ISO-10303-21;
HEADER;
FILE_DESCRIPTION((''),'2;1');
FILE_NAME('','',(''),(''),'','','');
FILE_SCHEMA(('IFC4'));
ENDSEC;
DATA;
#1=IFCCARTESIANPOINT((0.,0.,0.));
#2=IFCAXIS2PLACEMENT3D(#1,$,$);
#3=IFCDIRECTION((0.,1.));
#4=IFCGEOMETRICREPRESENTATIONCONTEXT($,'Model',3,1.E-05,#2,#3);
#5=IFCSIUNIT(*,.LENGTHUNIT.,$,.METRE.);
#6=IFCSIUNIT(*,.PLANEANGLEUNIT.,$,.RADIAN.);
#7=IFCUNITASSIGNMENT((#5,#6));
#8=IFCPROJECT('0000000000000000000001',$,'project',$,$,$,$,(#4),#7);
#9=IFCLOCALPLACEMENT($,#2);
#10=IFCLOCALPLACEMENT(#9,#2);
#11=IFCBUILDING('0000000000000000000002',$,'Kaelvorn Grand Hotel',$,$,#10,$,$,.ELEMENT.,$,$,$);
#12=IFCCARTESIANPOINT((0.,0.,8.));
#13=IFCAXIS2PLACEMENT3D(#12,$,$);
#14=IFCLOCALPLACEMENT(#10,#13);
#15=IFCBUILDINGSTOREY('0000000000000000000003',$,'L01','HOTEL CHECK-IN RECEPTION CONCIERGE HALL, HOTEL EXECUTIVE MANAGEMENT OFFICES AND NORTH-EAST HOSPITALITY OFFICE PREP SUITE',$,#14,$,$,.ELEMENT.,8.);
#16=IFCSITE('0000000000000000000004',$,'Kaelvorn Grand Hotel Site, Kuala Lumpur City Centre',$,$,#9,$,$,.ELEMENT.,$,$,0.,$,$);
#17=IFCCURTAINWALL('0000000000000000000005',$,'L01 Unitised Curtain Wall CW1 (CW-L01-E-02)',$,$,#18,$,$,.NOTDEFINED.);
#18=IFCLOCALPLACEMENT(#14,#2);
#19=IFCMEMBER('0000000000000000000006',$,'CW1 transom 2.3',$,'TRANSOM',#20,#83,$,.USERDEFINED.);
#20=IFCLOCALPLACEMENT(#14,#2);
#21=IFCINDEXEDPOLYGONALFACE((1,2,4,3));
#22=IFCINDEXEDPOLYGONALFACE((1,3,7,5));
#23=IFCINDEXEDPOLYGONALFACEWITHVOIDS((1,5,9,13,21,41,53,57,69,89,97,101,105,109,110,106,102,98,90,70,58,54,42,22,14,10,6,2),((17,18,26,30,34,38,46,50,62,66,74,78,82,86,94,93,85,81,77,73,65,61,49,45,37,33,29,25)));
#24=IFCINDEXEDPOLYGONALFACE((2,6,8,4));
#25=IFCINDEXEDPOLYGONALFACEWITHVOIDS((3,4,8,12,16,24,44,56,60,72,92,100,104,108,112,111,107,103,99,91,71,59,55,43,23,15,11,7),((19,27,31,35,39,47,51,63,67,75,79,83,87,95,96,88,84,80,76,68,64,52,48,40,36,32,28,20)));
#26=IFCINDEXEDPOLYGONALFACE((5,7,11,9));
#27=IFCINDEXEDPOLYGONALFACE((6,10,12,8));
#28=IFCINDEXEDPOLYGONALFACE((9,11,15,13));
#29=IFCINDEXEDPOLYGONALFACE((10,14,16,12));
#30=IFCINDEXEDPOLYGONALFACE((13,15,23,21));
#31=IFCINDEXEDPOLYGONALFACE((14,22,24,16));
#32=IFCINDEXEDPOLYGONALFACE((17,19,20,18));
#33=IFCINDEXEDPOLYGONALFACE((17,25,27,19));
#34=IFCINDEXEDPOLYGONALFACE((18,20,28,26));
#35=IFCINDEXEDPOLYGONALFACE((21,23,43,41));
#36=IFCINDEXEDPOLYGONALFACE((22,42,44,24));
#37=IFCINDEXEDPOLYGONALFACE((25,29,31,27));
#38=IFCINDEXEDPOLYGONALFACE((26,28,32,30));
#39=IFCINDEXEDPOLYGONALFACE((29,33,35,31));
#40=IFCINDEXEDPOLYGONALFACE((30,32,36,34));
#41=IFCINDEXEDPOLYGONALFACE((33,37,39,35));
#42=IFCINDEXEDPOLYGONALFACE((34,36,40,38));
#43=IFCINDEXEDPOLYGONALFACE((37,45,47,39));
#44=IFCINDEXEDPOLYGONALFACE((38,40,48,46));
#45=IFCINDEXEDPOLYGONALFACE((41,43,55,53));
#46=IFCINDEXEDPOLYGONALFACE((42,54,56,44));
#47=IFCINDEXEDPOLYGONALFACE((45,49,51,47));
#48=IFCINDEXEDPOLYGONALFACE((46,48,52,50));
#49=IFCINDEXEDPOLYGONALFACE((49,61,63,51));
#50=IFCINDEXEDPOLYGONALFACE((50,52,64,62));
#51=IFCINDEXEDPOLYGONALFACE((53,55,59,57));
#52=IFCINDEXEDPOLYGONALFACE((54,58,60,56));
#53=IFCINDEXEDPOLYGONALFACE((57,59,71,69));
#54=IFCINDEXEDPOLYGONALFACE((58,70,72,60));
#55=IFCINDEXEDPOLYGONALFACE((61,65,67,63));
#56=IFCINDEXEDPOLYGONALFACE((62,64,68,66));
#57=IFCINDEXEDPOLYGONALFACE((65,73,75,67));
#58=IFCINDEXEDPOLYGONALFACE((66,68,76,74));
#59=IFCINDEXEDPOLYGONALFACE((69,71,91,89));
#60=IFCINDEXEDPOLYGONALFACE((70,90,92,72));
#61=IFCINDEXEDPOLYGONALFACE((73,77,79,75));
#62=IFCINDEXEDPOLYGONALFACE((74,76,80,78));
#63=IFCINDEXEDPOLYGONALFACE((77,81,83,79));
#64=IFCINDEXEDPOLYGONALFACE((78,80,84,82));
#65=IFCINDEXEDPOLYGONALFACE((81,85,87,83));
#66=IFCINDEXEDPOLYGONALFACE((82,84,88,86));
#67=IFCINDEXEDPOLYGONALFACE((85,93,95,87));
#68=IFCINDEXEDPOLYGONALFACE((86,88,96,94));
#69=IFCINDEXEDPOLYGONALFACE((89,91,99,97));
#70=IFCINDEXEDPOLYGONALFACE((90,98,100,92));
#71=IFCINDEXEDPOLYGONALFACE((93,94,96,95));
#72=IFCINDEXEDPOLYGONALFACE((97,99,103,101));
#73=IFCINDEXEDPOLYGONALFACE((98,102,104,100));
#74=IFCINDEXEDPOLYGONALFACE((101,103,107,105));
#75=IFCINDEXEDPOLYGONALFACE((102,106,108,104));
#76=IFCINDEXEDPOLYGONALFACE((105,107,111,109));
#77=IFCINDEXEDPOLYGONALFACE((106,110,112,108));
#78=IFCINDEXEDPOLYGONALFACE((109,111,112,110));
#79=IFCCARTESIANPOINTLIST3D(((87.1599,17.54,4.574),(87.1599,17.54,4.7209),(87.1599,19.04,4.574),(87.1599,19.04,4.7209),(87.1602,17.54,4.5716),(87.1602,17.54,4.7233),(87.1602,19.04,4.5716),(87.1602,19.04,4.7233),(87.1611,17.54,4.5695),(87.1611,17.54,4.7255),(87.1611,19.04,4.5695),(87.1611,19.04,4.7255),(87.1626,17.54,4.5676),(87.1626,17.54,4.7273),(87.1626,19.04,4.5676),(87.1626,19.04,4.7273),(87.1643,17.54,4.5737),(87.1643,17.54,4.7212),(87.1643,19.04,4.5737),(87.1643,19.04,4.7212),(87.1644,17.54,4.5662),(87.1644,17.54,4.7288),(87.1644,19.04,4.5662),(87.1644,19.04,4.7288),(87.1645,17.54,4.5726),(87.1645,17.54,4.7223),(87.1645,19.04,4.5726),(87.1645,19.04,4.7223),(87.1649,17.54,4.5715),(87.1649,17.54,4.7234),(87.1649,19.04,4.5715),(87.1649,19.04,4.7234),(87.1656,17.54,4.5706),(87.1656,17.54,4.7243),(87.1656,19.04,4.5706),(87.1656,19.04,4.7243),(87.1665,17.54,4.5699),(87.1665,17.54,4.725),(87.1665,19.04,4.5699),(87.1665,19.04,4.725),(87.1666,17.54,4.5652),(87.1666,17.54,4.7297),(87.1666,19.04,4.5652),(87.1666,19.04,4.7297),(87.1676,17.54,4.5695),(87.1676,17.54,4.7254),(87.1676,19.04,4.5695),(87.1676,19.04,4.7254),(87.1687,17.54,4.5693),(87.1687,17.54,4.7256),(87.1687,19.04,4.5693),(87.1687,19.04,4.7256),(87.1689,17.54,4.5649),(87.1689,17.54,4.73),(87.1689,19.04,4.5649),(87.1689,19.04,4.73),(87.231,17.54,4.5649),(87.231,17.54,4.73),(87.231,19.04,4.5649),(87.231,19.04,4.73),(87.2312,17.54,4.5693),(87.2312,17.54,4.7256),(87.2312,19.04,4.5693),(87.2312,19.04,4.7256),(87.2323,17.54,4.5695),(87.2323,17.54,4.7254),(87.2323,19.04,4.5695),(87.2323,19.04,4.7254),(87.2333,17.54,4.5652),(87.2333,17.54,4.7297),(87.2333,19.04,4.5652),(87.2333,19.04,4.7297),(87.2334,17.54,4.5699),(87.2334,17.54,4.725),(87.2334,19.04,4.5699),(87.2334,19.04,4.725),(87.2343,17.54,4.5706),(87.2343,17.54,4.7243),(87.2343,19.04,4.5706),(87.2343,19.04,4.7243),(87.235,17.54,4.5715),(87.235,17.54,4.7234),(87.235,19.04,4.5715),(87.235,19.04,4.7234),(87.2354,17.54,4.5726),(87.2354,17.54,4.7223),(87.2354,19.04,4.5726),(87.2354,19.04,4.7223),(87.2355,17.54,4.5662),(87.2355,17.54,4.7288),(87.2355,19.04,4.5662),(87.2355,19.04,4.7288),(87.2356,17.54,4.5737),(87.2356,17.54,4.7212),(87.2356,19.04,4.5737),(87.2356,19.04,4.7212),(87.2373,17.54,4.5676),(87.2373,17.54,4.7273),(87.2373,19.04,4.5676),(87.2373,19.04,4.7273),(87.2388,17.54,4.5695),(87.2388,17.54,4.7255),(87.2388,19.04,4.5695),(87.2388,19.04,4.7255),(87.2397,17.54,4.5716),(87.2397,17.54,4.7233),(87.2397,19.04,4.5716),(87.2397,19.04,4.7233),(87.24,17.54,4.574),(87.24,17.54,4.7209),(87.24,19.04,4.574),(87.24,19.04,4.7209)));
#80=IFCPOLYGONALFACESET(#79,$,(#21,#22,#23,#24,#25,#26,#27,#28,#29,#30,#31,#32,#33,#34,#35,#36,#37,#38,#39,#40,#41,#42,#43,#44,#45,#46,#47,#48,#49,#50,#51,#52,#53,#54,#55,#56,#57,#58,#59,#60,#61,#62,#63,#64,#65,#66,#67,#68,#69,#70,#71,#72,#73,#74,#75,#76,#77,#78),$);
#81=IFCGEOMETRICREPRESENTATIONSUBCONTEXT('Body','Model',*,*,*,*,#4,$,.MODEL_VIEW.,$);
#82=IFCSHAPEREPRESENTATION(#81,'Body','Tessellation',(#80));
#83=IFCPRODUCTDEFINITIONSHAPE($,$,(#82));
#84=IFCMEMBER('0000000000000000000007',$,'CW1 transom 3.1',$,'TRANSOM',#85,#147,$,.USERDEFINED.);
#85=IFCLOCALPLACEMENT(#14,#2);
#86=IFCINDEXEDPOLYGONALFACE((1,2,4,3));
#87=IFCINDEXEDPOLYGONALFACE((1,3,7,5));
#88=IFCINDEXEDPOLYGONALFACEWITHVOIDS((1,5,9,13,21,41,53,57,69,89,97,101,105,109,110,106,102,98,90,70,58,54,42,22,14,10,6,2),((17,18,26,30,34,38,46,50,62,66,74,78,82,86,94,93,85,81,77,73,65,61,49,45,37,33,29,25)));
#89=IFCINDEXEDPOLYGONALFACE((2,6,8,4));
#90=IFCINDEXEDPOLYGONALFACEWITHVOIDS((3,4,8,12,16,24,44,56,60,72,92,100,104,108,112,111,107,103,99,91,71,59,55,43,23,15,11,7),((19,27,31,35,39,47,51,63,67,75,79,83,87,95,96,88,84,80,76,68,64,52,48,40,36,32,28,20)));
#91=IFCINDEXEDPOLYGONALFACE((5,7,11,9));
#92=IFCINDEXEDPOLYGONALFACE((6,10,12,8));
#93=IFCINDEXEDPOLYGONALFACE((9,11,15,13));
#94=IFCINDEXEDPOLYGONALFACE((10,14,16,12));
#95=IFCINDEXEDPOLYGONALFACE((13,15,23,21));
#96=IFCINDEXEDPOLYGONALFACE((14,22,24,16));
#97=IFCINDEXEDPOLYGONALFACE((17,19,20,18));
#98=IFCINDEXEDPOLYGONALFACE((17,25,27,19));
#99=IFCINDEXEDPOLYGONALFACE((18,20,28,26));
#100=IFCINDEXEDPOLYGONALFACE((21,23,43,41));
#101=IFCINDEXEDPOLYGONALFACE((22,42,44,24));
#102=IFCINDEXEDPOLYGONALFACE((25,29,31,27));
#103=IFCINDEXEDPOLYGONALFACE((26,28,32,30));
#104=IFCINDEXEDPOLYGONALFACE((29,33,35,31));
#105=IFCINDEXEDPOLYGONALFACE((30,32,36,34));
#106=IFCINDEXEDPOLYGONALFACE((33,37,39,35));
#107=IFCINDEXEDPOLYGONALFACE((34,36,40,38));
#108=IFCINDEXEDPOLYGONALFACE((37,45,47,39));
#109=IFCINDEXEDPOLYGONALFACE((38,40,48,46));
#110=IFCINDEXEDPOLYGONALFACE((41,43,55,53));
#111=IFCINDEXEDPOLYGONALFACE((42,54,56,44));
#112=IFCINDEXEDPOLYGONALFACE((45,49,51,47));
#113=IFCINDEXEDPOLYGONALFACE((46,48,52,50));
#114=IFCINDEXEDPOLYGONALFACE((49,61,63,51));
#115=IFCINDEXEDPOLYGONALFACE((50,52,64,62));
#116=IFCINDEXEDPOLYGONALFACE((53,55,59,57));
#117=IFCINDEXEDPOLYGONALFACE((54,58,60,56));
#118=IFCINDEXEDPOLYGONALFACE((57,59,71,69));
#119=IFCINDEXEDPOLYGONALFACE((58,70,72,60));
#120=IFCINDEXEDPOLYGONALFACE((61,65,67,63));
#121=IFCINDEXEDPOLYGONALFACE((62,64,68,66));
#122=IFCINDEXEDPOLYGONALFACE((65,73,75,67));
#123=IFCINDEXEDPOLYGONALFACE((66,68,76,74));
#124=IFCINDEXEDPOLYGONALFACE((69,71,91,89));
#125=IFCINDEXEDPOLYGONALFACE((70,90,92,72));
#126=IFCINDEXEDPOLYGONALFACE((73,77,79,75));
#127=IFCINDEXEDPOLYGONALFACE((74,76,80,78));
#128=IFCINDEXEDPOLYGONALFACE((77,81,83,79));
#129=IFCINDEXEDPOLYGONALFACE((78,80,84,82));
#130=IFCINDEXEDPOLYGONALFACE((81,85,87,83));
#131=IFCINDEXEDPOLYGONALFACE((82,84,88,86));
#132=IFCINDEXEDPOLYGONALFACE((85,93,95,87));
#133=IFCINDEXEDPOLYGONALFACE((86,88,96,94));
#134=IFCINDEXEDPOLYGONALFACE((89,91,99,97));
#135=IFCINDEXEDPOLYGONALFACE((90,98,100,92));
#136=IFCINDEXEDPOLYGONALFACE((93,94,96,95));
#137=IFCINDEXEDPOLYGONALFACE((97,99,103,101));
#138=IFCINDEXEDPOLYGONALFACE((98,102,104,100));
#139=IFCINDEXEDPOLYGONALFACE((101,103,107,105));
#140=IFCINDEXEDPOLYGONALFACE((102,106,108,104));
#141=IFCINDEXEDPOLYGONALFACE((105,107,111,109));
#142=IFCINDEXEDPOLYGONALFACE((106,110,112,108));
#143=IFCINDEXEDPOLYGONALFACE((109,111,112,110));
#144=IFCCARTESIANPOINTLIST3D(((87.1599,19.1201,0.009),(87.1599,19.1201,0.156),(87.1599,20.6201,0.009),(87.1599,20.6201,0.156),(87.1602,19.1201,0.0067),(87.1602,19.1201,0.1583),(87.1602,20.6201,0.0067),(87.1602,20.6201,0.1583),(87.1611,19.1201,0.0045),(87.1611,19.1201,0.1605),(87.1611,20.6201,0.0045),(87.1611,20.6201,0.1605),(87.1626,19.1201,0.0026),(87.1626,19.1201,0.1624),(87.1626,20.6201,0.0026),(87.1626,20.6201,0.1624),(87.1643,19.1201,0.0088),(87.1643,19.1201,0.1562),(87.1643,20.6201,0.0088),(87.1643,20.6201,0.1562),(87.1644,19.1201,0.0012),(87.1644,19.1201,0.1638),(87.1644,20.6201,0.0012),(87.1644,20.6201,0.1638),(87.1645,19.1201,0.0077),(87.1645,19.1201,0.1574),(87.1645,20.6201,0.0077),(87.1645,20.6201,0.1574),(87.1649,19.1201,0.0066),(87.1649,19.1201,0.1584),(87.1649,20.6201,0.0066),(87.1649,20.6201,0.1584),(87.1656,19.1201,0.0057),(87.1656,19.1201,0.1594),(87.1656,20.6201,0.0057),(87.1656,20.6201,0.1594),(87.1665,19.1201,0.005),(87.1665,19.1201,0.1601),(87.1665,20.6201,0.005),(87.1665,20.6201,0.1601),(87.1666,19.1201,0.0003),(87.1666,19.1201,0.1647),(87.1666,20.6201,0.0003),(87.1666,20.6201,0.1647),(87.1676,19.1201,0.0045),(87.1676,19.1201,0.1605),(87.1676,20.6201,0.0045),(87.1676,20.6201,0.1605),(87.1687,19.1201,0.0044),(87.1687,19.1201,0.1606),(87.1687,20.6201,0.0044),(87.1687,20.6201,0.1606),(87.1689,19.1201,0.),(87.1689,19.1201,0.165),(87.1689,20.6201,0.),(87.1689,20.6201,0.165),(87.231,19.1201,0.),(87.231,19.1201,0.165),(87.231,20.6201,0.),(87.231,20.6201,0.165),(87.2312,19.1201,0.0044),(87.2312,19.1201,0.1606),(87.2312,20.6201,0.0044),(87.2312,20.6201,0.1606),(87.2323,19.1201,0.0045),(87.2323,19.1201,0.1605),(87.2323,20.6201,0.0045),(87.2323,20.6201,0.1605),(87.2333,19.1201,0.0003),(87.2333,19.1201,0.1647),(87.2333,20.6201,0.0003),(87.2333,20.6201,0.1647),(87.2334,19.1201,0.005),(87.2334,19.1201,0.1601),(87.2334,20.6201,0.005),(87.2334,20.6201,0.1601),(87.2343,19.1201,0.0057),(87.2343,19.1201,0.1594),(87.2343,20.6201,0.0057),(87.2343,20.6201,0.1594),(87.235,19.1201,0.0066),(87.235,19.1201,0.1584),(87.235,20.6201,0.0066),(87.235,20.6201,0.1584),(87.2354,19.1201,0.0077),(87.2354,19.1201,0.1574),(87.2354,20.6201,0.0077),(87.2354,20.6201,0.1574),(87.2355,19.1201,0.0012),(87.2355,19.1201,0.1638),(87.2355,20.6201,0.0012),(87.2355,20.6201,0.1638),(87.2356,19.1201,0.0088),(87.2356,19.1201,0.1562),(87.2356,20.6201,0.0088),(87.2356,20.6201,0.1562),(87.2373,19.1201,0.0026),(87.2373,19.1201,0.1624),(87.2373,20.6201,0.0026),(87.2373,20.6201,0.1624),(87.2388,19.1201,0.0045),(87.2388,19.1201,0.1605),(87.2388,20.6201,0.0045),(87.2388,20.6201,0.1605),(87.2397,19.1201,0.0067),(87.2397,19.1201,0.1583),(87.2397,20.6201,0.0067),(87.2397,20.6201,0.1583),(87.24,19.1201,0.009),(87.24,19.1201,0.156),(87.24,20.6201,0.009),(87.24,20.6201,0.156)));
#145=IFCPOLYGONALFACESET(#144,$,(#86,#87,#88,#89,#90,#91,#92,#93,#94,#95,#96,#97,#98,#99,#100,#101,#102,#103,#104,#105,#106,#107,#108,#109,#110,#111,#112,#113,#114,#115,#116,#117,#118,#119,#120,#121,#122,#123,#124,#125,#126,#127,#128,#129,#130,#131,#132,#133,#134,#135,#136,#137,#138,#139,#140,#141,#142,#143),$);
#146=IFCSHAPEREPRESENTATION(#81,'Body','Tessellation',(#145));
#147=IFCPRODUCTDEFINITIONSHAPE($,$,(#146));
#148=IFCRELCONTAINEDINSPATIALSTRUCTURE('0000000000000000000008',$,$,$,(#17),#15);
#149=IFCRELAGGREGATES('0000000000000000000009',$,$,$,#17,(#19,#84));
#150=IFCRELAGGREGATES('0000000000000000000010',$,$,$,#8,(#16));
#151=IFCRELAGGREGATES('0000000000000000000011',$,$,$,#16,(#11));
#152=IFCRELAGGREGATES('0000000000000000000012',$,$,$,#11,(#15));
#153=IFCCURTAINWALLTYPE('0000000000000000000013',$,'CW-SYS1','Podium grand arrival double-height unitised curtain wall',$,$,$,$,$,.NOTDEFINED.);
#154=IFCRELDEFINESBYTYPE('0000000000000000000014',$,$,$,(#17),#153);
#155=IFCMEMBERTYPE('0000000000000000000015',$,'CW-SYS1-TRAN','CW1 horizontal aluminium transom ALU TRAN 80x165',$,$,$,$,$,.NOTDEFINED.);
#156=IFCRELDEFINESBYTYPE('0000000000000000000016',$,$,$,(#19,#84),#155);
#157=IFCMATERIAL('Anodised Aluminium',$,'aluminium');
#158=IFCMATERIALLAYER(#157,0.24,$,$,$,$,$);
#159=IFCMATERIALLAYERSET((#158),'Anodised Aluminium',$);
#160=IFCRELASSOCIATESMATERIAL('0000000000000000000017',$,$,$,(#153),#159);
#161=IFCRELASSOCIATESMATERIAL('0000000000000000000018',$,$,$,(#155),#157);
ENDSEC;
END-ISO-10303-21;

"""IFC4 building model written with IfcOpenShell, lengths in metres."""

from ifc_helpers import new_model, si_unit, direction, frame, origin, origin_2d, place, context, subcontext, project, spatial, hollow_rectangle, extrude, material, layer, layer_set, material_profile, profile_set, type_object, element, aggregate, save


model = new_model("IFC4")

# Units and contexts
model_context = context("Model", 3, precision=1e-05, world=origin(), true_north=direction((0.0, 1.0)))
body_context = subcontext(model_context, "Body", "Model", "MODEL_VIEW")
ifc_project = project(units=[si_unit("LENGTHUNIT", "METRE"), si_unit("PLANEANGLEUNIT", "RADIAN")], contexts=[model_context])

# Site, building, storey
site_placement = place(None, origin())
site = spatial("IfcSite", under=ifc_project, at=site_placement, Name="Kaelvorn Grand Hotel Site, Kuala Lumpur City Centre", CompositionType="ELEMENT", RefElevation=0.0)
building_placement = place(site_placement, origin())
building = spatial("IfcBuilding", under=site, at=building_placement, Name="Kaelvorn Grand Hotel", CompositionType="ELEMENT")
storey_placement = place(building_placement, frame((0.0, 0.0, 8.0)))
storey = spatial("IfcBuildingStorey", under=building, at=storey_placement, Name="L01", Description="HOTEL CHECK-IN RECEPTION CONCIERGE HALL, HOTEL EXECUTIVE MANAGEMENT OFFICES AND NORTH-EAST HOSPITALITY OFFICE PREP SUITE", CompositionType="ELEMENT", Elevation=8.0)

# Curtain wall, members
ifc_material_1 = material(Name="Anodised Aluminium", Category="aluminium")
ifc_layer_1 = layer(ifc_material_1, 0.24)
ifc_layer_set_1 = layer_set([ifc_layer_1], Name="Anodised Aluminium")
curtain_wall_type = type_object("IfcCurtainWallType", Name="CW-SYS1", Description="Podium grand arrival double-height unitised curtain wall", PredefinedType="NOTDEFINED", material=ifc_layer_set_1)
curtain_wall_placement = place(storey_placement, origin())
curtain_wall = element("IfcCurtainWall", 1, at=curtain_wall_placement, inside=storey, type_object=curtain_wall_type, Name="L01 Unitised Curtain Wall CW1 (CW-L01-E-02)", PredefinedType="NOTDEFINED")
ifc_material_profile_1 = material_profile(ifc_material_1, hollow_rectangle(XDim=0.0801, YDim=0.165, WallThickness=0.0044, InnerFilletRadius=0.0044, OuterFilletRadius=0.009, at=origin_2d()), Name="ALU TRAN 80x165")
ifc_profile_set_1 = profile_set([ifc_material_profile_1], Name="Anodised Aluminium")
member_type_1 = type_object("IfcMemberType", Name="CW-SYS1-TRAN", Description="CW1 horizontal aluminium transom ALU TRAN 80x165", PredefinedType="NOTDEFINED", material=ifc_profile_set_1)
member_1_placement = place(storey_placement, frame((87.2, 17.54, 4.6475), z_axis=(0.0, 1.0, 0.0), x_axis=(-1.0, 0.0, 0.0)))
member_1 = element("IfcMember", 2, at=member_1_placement, type_object=member_type_1, Name="CW1 transom 2.3", ObjectType="TRANSOM", PredefinedType="USERDEFINED", context=body_context, shape_type="SweptSolid", body=[
    extrude(hollow_rectangle(XDim=0.0801, YDim=0.165, WallThickness=0.0044, InnerFilletRadius=0.0044, OuterFilletRadius=0.009, at=origin_2d()), origin(), (0.0, 0.0, 1.0), 1.5),
])
member_2_placement = place(storey_placement, frame((87.2, 19.1201, 0.0825), z_axis=(0.0, 1.0, 0.0), x_axis=(-1.0, 0.0, 0.0)))
member_2 = element("IfcMember", 3, at=member_2_placement, type_object=member_type_1, Name="CW1 transom 3.1", ObjectType="TRANSOM", PredefinedType="USERDEFINED", context=body_context, shape_type="SweptSolid", body=[
    extrude(hollow_rectangle(XDim=0.0801, YDim=0.165, WallThickness=0.0044, InnerFilletRadius=0.0044, OuterFilletRadius=0.009, at=origin_2d()), origin(), (0.0, 0.0, 1.0), 1.5),
])
aggregate(curtain_wall, [member_1, member_2])

save(model, "model.ifc")
